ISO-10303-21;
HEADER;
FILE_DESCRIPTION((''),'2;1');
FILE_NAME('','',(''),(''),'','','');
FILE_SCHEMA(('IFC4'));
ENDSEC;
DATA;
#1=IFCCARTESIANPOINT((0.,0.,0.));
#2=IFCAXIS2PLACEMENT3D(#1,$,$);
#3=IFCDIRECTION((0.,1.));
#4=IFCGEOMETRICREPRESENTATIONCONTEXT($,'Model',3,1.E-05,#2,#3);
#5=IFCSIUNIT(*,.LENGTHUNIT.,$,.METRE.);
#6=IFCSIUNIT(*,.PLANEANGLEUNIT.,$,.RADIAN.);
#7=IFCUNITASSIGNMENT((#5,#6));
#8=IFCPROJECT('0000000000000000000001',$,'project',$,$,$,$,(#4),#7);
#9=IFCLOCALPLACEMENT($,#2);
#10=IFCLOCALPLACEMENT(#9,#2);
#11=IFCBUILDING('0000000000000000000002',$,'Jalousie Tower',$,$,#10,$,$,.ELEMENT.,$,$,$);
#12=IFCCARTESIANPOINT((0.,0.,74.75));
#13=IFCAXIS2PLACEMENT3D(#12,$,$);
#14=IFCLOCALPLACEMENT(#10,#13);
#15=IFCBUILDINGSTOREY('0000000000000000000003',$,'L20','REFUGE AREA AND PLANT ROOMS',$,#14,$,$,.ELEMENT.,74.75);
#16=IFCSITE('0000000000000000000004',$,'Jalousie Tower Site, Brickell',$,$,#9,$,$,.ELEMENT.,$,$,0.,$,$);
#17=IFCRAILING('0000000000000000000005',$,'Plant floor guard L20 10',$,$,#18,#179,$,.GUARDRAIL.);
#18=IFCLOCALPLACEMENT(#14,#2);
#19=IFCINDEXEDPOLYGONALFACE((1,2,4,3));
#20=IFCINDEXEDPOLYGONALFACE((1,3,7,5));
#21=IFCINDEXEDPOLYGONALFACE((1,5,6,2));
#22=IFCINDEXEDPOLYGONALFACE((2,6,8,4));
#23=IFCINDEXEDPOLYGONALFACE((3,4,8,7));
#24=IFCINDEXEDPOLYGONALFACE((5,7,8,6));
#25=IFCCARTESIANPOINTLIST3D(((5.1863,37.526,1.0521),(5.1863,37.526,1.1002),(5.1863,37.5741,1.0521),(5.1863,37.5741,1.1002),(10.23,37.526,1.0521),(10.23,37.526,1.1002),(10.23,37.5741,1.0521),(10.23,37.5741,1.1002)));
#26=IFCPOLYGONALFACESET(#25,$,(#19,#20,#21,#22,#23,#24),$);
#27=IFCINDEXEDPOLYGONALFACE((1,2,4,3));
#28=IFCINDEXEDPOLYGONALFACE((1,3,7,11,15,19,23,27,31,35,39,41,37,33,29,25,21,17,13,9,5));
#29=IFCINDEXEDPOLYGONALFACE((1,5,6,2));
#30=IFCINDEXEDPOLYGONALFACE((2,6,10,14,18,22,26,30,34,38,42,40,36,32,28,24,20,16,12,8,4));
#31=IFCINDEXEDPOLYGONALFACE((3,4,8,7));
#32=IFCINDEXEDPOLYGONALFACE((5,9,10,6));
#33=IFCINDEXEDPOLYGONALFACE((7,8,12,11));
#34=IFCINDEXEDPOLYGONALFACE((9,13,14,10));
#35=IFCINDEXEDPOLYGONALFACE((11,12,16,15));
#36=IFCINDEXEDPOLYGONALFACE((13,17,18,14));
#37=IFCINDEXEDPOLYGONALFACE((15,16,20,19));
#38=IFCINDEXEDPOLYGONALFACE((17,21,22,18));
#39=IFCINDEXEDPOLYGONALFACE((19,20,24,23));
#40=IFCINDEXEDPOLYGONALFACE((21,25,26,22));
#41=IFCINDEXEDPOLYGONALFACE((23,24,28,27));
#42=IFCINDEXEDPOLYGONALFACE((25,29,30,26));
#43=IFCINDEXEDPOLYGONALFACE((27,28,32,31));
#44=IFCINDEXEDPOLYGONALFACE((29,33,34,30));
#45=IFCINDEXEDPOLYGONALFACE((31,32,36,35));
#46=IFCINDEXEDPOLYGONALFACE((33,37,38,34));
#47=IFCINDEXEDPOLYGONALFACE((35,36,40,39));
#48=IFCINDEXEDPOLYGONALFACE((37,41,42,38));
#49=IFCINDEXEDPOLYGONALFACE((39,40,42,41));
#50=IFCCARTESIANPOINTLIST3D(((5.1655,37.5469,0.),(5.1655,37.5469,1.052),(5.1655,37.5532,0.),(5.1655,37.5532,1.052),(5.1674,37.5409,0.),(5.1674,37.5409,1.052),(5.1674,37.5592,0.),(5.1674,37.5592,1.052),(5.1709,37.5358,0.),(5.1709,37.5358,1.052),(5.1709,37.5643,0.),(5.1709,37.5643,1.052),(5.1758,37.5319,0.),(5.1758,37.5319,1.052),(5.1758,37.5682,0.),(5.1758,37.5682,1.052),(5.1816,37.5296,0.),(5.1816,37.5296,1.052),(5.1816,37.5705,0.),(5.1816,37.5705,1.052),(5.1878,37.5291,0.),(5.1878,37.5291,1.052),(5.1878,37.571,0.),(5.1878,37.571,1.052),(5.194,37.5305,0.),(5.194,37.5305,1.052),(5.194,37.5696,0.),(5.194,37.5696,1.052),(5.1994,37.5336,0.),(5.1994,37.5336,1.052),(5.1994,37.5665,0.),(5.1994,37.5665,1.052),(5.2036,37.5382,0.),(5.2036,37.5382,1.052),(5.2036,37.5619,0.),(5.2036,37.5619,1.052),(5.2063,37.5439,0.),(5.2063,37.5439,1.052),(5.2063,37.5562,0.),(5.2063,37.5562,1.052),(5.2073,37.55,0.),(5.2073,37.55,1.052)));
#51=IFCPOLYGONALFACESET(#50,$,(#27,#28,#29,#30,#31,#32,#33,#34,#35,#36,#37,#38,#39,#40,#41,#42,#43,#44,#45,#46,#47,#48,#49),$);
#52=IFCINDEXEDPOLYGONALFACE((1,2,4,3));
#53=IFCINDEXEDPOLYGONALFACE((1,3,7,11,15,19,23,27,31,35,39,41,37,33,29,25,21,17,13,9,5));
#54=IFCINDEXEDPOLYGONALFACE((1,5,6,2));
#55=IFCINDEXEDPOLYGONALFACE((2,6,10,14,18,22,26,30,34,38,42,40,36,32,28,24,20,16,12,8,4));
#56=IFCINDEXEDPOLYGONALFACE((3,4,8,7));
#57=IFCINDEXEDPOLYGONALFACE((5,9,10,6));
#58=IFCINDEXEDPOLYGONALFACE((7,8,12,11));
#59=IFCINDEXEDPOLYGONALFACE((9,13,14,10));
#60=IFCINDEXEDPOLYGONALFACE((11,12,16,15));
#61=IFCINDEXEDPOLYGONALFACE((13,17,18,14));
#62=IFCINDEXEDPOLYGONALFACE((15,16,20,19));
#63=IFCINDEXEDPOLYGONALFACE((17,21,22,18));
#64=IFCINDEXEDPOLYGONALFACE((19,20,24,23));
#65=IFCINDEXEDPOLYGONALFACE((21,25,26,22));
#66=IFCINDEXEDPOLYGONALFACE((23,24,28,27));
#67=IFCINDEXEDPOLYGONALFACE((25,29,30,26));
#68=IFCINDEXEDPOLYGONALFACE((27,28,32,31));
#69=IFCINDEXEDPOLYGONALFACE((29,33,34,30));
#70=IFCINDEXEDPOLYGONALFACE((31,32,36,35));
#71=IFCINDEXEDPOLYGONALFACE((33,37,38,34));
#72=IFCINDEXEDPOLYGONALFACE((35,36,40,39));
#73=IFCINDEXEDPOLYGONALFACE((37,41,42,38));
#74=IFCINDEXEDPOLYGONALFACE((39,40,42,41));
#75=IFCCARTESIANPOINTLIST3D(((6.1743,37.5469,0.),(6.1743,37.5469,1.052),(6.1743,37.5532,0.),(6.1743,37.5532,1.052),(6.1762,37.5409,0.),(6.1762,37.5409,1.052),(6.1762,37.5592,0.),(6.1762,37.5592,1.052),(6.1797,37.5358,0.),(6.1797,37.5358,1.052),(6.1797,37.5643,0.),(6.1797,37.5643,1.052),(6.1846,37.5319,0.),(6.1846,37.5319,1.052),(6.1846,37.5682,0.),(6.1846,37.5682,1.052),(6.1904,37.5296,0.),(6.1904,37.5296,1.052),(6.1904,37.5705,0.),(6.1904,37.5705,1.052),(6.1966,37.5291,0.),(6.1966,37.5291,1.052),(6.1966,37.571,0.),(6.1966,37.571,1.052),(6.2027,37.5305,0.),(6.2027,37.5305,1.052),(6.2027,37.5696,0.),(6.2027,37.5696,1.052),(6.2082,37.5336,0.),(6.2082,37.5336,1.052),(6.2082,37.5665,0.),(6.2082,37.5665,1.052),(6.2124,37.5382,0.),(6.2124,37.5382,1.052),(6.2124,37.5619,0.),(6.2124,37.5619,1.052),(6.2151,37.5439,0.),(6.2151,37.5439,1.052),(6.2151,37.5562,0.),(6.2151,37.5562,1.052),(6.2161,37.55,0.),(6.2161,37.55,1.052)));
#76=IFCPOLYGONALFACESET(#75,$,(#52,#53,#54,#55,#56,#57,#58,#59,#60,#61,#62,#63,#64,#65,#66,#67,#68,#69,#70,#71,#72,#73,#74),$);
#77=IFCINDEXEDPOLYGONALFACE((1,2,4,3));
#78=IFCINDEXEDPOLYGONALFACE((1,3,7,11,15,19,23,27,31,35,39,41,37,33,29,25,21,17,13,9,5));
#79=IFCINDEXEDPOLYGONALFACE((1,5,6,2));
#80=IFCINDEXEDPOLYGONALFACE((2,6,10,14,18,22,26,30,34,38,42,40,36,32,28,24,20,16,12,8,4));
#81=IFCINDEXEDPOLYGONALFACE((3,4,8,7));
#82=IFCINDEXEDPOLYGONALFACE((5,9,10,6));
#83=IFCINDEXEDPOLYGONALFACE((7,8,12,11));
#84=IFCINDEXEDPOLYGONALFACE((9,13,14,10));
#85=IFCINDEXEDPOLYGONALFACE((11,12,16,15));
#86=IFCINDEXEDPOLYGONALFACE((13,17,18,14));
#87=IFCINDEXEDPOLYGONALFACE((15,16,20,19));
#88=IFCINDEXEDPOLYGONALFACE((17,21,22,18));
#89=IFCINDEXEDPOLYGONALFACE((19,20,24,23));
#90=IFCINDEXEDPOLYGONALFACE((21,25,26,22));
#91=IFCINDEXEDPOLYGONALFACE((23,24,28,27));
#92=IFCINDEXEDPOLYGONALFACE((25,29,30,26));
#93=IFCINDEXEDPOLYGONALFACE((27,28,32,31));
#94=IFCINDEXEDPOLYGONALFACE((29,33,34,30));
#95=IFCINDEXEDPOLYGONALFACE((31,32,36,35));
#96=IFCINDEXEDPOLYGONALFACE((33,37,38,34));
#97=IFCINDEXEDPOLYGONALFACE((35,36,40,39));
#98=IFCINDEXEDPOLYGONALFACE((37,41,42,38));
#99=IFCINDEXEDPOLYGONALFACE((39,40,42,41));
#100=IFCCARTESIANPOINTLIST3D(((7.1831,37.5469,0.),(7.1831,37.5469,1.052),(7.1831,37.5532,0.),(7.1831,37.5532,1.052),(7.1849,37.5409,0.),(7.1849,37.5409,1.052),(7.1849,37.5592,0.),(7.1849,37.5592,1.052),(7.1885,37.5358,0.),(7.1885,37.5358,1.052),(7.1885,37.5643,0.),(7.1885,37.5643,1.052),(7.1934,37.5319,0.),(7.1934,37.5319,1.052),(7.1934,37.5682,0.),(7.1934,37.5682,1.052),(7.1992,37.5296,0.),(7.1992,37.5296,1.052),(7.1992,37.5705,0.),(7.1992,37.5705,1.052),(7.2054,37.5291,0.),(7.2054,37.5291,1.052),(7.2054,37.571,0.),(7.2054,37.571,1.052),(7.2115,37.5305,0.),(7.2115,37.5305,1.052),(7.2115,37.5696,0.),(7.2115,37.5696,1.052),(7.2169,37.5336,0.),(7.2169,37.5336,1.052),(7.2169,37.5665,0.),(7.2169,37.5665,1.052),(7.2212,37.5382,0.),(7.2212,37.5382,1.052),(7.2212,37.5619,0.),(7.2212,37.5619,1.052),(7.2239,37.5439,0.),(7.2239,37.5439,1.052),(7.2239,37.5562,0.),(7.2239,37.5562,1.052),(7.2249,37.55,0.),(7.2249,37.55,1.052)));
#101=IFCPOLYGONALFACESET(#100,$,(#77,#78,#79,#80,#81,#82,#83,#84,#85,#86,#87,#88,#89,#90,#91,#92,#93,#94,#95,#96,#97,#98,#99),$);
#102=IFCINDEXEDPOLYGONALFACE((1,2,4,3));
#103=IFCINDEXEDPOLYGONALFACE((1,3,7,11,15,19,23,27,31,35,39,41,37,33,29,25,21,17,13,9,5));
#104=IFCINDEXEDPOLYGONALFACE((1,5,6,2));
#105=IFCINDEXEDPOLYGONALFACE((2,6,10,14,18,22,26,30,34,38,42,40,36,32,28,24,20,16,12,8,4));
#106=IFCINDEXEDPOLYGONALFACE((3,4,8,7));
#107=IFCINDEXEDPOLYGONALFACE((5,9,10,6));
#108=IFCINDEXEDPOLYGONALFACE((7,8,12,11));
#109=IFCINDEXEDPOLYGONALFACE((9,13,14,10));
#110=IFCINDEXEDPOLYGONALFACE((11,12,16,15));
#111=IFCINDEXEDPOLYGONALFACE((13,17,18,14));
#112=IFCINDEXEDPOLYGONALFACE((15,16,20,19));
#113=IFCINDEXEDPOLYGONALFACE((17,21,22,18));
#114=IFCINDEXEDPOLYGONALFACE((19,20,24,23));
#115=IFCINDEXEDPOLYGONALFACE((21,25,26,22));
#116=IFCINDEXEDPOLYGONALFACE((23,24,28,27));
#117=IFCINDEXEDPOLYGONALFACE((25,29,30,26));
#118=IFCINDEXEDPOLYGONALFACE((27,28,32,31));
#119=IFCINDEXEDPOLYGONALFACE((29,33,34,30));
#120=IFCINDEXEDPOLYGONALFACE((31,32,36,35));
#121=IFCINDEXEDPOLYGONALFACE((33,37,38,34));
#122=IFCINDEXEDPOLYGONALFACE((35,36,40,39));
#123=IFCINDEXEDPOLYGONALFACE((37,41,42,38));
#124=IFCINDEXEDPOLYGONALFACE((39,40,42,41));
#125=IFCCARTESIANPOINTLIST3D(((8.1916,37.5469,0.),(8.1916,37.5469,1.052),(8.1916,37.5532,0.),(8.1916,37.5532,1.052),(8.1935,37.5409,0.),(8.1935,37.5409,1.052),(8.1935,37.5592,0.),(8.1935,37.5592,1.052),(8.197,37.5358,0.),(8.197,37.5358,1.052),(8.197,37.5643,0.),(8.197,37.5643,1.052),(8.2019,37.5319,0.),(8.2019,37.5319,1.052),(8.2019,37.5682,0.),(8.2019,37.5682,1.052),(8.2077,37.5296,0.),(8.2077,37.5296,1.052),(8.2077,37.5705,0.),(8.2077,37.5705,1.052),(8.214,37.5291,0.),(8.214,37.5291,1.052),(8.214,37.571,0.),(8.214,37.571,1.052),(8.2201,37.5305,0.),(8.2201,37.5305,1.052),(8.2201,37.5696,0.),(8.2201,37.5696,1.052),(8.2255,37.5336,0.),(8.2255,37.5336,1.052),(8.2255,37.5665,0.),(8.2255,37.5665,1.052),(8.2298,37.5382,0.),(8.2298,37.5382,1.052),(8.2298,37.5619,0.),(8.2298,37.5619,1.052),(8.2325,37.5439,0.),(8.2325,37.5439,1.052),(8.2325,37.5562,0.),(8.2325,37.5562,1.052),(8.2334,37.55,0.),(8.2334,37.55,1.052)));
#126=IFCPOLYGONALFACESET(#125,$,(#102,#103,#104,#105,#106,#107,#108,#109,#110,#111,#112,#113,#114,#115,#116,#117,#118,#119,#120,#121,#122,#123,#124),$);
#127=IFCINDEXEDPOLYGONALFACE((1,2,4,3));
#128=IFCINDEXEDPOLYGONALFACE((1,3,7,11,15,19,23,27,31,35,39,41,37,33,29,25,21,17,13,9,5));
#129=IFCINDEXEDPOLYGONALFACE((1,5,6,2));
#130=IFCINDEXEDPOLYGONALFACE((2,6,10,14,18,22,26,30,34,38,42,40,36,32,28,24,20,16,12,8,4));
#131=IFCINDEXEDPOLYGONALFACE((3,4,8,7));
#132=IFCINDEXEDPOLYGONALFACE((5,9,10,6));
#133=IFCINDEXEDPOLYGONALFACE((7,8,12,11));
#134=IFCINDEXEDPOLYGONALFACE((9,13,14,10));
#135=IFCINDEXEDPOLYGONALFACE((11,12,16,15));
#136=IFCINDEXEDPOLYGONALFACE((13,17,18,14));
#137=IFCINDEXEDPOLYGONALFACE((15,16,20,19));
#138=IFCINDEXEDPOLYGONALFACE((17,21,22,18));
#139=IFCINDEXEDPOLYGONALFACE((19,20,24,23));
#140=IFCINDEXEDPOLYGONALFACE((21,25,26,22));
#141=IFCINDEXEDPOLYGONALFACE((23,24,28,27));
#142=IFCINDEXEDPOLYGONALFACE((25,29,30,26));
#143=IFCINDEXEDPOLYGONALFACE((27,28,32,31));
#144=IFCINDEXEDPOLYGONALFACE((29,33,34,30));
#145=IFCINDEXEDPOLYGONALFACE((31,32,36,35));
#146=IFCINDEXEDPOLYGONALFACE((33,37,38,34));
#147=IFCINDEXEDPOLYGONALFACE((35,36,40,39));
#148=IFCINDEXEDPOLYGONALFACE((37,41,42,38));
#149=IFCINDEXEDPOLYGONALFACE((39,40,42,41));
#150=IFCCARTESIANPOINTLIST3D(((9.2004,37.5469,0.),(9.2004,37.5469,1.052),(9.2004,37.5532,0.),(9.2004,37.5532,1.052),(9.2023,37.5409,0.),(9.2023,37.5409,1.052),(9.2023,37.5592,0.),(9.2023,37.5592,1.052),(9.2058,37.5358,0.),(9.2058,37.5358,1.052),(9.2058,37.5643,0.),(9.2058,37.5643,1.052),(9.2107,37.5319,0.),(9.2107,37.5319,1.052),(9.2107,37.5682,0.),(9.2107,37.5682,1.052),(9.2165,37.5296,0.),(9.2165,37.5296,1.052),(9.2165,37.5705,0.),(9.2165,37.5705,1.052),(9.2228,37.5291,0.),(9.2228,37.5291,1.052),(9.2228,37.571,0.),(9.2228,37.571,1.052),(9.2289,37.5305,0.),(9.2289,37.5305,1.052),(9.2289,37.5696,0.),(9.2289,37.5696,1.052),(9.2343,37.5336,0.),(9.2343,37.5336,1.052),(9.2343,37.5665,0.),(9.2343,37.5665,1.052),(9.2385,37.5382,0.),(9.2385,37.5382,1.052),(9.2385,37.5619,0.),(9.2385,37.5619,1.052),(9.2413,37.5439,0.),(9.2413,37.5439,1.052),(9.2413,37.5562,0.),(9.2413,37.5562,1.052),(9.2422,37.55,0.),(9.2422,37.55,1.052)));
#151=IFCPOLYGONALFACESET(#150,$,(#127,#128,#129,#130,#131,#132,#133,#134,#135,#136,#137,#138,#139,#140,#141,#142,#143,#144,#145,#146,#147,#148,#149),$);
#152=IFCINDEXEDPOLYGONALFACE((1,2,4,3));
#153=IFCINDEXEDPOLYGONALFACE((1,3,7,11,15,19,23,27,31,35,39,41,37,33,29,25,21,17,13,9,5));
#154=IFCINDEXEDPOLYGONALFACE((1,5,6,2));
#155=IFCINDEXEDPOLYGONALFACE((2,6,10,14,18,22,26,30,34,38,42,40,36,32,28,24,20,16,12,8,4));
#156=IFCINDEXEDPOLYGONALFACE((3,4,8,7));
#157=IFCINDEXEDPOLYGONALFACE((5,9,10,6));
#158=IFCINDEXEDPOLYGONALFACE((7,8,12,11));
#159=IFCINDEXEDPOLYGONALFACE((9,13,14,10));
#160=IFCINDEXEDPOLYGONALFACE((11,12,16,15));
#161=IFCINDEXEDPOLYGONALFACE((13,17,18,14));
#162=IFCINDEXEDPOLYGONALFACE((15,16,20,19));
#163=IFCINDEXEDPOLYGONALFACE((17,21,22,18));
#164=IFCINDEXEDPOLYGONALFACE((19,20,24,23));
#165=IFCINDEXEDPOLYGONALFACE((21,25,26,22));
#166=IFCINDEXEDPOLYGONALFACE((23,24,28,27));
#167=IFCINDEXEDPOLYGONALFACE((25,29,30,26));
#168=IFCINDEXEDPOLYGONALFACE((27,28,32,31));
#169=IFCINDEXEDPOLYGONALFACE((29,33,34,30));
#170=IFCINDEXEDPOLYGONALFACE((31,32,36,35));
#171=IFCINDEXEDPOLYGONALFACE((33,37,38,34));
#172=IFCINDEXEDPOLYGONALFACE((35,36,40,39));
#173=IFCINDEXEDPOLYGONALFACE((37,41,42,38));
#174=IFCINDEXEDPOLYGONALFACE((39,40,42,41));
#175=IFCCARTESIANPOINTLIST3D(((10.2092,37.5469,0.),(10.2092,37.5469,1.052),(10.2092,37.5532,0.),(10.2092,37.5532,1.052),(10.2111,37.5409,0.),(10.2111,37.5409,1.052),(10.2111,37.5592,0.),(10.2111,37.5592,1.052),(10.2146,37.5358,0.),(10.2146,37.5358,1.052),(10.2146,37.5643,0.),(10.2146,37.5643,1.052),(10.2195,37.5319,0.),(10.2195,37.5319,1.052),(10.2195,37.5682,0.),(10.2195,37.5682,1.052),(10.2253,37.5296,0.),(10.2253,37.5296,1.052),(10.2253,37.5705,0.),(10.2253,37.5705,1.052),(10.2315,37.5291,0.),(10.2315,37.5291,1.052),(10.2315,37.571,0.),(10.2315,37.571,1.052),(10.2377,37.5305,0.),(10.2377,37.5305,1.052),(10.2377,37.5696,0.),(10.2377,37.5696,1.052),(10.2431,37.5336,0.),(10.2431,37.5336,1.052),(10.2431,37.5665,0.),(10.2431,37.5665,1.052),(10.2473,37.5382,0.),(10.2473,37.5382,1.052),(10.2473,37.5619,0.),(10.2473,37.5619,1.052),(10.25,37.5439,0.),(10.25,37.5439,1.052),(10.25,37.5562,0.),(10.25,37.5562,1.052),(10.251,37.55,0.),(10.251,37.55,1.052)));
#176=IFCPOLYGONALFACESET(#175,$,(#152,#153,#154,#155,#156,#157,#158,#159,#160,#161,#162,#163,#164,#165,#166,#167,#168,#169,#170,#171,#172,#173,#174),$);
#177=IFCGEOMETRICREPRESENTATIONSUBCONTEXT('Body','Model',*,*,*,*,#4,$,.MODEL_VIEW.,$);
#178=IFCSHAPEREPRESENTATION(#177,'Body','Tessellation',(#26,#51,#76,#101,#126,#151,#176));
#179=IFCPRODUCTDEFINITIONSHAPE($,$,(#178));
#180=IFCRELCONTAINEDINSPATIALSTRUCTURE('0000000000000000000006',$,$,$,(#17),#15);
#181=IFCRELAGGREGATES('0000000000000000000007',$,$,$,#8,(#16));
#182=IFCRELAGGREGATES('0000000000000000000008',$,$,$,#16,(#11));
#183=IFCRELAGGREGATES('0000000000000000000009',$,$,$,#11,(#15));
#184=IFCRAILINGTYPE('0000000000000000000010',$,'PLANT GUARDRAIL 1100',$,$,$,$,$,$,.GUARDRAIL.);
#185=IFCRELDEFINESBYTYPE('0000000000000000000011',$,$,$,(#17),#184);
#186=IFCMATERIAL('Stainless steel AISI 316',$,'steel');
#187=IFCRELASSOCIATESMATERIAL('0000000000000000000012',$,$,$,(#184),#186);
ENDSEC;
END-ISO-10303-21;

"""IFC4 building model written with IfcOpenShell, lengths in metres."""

from ifc_helpers import new_model, si_unit, direction, frame, origin, origin_2d, place, context, subcontext, project, spatial, rectangle, circle, extrude, material, type_object, element, save


model = new_model("IFC4")

# Units and contexts
model_context = context("Model", 3, precision=1e-05, world=origin(), true_north=direction((0.0, 1.0)))
body_context = subcontext(model_context, "Body", "Model", "MODEL_VIEW")
ifc_project = project(units=[si_unit("LENGTHUNIT", "METRE"), si_unit("PLANEANGLEUNIT", "RADIAN")], contexts=[model_context])

# Site, building, storey
site_placement = place(None, origin())
site = spatial("IfcSite", under=ifc_project, at=site_placement, Name="Jalousie Tower Site, Brickell", CompositionType="ELEMENT", RefElevation=0.0)
building_placement = place(site_placement, origin())
building = spatial("IfcBuilding", under=site, at=building_placement, Name="Jalousie Tower", CompositionType="ELEMENT")
storey_placement = place(building_placement, frame((0.0, 0.0, 74.75)))
storey = spatial("IfcBuildingStorey", under=building, at=storey_placement, Name="L20", Description="REFUGE AREA AND PLANT ROOMS", CompositionType="ELEMENT", Elevation=74.75)

# Railing
ifc_material_1 = material(Name="Stainless steel AISI 316", Category="steel")
railing_type = type_object("IfcRailingType", Name="PLANT GUARDRAIL 1100", PredefinedType="GUARDRAIL", material=ifc_material_1)
railing_1_placement = place(storey_placement, frame((5.1863, 37.55, 0.0)))
element("IfcRailing", 1, at=railing_1_placement, inside=storey, type_object=railing_type, Name="Plant floor guard L20 10", PredefinedType="GUARDRAIL", context=body_context, shape_type="SweptSolid", body=[
    extrude(rectangle(XDim=0.0481, YDim=0.0481, at=origin_2d()), frame((0.0, 0.0, 1.0762), z_axis=(1.0, 0.0, 0.0), x_axis=(0.0, 1.0, 0.0)), (0.0, 0.0, 1.0), 5.0437),
    extrude(circle(Radius=0.021, at=origin_2d()), origin(), (0.0, 0.0, 1.0), 1.052),
    extrude(circle(Radius=0.021, at=origin_2d()), frame((1.0088, 0.0, 0.0)), (0.0, 0.0, 1.0), 1.052),
    extrude(circle(Radius=0.021, at=origin_2d()), frame((2.0176, 0.0, 0.0)), (0.0, 0.0, 1.0), 1.052),
    extrude(circle(Radius=0.021, at=origin_2d()), frame((3.0261, 0.0, 0.0)), (0.0, 0.0, 1.0), 1.052),
    extrude(circle(Radius=0.021, at=origin_2d()), frame((4.0349, 0.0, 0.0)), (0.0, 0.0, 1.0), 1.052),
    extrude(circle(Radius=0.021, at=origin_2d()), frame((5.0437, 0.0, 0.0)), (0.0, 0.0, 1.0), 1.052),
])

save(model, "model.ifc")
